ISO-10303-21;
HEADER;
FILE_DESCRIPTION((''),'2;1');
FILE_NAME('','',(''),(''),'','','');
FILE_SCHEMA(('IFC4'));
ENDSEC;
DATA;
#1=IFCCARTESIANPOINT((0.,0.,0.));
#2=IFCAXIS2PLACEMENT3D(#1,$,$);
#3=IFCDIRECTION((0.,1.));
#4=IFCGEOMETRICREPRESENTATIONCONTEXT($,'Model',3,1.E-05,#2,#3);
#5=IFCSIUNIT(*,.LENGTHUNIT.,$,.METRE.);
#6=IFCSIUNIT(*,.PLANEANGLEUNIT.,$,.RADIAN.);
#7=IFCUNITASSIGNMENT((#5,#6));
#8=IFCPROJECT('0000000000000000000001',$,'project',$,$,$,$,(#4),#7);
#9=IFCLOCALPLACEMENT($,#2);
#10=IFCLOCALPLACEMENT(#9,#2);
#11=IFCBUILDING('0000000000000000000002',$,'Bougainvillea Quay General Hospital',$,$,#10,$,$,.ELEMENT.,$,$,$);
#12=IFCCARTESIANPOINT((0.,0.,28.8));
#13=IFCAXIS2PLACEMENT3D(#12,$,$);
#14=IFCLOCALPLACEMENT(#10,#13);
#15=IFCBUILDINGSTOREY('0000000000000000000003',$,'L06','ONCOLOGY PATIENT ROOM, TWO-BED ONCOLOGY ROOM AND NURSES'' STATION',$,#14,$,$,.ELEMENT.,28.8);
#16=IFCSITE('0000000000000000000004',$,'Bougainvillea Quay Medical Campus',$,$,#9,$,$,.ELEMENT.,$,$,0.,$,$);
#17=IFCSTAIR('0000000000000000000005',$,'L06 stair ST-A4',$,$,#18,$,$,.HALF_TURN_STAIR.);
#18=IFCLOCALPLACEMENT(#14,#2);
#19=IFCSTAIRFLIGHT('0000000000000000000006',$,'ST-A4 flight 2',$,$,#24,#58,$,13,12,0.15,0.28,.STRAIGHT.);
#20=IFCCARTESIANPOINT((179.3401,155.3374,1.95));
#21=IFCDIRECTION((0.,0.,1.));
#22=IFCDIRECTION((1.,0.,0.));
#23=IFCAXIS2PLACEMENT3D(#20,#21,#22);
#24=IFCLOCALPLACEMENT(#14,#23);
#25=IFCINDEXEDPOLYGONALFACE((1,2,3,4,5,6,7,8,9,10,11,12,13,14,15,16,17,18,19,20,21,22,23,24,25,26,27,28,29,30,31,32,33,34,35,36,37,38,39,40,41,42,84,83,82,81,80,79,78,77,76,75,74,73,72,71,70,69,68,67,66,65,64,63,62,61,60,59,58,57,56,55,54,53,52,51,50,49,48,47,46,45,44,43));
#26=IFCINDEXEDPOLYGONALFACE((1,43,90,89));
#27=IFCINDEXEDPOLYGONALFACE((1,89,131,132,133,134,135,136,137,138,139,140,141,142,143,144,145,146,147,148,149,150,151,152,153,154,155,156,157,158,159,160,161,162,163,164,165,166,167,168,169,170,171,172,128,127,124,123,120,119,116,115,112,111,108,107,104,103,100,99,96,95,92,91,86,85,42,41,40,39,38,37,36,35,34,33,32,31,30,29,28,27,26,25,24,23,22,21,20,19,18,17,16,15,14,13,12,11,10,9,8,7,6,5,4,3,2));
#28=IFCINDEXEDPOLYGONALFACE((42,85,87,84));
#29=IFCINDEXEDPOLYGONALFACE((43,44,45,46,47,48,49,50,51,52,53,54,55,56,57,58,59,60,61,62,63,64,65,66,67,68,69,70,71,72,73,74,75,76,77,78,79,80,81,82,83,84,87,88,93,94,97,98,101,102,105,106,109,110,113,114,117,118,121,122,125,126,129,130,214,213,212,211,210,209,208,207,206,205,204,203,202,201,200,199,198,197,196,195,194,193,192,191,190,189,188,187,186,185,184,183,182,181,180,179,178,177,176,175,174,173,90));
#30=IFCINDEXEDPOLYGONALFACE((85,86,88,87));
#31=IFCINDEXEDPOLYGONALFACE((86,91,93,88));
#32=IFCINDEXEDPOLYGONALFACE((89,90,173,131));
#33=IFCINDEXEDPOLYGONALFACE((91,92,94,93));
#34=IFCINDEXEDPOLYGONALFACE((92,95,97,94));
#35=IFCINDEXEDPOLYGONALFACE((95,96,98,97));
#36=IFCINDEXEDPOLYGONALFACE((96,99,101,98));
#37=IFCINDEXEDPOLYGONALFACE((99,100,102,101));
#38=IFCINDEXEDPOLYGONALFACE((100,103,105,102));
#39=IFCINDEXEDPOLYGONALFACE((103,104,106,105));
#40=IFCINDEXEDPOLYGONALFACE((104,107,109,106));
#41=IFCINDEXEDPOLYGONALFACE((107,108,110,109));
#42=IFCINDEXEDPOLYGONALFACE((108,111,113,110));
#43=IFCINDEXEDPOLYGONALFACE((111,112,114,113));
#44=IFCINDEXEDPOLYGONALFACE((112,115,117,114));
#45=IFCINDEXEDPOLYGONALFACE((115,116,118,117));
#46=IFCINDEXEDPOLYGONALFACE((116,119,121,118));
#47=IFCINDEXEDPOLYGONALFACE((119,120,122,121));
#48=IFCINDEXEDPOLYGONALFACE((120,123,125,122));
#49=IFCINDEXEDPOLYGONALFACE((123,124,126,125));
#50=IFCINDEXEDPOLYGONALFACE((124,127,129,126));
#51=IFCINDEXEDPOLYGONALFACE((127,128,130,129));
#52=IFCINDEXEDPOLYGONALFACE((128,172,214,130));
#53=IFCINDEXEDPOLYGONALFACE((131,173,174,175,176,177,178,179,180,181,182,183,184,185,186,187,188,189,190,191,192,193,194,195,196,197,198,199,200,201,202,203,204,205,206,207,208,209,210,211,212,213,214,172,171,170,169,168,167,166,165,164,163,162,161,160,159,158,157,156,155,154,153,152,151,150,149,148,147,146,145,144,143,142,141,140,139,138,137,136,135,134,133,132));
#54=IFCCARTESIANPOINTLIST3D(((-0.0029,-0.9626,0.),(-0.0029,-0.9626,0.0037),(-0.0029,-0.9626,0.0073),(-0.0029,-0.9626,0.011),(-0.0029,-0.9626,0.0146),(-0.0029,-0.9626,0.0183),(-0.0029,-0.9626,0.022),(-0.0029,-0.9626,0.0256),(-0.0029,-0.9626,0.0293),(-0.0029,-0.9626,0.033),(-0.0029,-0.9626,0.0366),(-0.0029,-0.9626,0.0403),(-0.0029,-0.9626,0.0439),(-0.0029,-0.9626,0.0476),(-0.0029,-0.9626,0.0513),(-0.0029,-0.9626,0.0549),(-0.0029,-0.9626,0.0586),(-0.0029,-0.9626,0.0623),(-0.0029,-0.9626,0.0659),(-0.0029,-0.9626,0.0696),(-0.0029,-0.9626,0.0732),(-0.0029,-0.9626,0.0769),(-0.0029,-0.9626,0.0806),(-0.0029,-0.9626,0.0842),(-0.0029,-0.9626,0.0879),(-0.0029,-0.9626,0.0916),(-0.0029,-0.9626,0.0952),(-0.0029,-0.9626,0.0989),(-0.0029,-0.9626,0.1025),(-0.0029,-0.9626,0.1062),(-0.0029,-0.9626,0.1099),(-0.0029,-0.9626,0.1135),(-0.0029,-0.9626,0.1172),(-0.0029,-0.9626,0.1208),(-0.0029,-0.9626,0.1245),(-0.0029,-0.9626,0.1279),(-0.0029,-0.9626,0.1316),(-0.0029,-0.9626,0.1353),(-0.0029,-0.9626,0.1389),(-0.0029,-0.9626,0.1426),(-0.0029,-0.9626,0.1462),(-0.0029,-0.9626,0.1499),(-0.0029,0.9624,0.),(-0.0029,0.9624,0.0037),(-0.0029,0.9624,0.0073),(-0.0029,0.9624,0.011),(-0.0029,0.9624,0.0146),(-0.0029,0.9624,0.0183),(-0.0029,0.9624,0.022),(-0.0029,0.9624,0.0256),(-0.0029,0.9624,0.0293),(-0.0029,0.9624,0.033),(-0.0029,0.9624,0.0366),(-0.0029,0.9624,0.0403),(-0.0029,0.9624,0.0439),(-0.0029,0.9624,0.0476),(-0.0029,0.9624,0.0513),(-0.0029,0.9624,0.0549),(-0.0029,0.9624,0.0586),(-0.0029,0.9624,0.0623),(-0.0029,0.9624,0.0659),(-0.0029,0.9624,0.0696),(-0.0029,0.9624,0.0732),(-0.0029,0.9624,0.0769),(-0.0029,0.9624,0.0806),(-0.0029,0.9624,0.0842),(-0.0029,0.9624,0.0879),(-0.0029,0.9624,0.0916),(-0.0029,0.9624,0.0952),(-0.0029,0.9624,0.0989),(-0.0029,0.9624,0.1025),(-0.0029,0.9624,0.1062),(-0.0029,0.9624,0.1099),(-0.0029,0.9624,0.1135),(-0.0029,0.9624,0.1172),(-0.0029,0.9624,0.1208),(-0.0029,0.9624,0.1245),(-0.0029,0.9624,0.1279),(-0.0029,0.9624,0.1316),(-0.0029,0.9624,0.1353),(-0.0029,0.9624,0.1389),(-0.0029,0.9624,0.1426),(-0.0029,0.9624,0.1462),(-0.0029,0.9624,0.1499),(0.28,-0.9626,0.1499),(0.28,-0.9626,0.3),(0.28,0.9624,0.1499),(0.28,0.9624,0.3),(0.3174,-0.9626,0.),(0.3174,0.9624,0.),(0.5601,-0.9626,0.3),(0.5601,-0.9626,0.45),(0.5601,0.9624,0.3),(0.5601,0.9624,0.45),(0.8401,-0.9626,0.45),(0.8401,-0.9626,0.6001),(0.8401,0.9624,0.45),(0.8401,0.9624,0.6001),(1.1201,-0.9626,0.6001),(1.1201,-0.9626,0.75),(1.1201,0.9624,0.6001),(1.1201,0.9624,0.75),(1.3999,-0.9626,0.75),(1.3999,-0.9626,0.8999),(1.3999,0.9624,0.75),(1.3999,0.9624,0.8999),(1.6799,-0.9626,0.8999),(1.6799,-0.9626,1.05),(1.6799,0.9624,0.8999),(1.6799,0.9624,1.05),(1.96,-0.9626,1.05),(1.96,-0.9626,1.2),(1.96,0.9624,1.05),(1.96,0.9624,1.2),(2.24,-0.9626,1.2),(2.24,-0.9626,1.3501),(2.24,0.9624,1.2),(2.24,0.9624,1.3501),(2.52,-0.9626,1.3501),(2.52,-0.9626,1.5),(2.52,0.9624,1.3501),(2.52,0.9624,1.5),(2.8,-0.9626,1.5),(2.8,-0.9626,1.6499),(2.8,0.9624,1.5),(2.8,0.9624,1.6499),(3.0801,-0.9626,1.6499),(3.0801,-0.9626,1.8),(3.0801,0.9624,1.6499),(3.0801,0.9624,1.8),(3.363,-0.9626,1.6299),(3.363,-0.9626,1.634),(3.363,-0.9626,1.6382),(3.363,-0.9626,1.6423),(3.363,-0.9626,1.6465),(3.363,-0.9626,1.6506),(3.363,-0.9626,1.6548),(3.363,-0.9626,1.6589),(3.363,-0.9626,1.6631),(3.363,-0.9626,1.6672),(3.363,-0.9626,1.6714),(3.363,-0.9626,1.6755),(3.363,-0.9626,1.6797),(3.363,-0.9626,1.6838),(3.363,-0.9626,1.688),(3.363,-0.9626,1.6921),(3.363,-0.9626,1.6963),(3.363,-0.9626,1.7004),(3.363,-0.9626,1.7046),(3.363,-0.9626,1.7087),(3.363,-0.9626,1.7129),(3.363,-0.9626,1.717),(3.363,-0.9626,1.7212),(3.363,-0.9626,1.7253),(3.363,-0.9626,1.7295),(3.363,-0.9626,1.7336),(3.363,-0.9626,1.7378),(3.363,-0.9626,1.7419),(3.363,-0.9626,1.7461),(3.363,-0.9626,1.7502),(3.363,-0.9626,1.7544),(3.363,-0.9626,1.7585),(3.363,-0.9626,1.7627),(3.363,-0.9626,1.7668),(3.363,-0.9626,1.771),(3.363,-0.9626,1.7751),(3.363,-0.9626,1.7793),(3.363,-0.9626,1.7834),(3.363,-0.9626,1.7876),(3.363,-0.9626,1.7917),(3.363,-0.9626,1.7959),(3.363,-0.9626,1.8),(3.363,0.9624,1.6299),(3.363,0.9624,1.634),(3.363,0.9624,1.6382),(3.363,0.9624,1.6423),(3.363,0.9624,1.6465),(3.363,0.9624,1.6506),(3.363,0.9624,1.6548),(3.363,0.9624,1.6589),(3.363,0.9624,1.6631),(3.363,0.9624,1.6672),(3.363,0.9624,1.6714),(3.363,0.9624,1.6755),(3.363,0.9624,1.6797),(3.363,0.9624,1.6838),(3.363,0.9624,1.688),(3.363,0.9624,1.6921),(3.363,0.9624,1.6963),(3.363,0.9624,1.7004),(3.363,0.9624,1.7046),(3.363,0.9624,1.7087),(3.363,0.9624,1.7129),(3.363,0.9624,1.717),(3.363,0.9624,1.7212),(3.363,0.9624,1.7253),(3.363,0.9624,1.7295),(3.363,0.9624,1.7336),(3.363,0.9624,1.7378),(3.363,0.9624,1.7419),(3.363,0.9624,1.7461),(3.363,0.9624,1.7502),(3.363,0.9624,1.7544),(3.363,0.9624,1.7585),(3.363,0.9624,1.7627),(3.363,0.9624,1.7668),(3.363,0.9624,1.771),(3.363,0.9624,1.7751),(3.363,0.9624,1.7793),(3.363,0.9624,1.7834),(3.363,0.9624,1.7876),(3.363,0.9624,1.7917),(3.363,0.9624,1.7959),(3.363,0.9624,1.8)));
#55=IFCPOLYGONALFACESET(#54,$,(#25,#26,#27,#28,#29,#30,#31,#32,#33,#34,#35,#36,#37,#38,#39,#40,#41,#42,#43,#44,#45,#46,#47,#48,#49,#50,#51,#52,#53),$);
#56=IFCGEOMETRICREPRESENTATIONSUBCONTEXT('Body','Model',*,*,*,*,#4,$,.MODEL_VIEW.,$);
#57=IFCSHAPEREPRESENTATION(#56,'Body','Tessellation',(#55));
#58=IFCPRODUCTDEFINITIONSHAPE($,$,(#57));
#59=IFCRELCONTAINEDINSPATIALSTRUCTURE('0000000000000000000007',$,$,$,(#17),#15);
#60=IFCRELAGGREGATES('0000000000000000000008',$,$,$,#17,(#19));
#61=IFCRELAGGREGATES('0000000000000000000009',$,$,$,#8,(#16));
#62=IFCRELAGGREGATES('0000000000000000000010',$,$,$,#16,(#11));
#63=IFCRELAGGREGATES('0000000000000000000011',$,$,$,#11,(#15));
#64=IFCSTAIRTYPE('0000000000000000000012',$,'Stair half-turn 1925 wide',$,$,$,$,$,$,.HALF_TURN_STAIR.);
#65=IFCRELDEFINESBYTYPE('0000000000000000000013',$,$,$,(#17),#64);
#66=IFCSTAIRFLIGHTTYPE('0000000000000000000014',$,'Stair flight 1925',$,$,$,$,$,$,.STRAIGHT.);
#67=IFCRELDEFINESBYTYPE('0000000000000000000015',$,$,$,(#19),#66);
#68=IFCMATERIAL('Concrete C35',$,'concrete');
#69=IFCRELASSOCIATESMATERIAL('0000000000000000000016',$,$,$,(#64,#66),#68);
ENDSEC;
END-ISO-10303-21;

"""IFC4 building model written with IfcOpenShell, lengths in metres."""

from ifc_helpers import new_model, si_unit, direction, frame, origin, place, context, subcontext, project, spatial, polyline, outline, extrude, material, type_object, element, aggregate, save


model = new_model("IFC4")

# Units and contexts
model_context = context("Model", 3, precision=1e-05, world=origin(), true_north=direction((0.0, 1.0)))
body_context = subcontext(model_context, "Body", "Model", "MODEL_VIEW")
ifc_project = project(units=[si_unit("LENGTHUNIT", "METRE"), si_unit("PLANEANGLEUNIT", "RADIAN")], contexts=[model_context])

# Site, building, storey
site_placement = place(None, origin())
site = spatial("IfcSite", under=ifc_project, at=site_placement, Name="Bougainvillea Quay Medical Campus", CompositionType="ELEMENT", RefElevation=0.0)
building_placement = place(site_placement, origin())
building = spatial("IfcBuilding", under=site, at=building_placement, Name="Bougainvillea Quay General Hospital", CompositionType="ELEMENT")
storey_placement = place(building_placement, frame((0.0, 0.0, 28.8)))
storey = spatial("IfcBuildingStorey", under=building, at=storey_placement, Name="L06", Description="ONCOLOGY PATIENT ROOM, TWO-BED ONCOLOGY ROOM AND NURSES' STATION", CompositionType="ELEMENT", Elevation=28.8)

# Stair, stair flight
ifc_material_1 = material(Name="Concrete C35", Category="concrete")
stair_type = type_object("IfcStairType", Name="Stair half-turn 1925 wide", PredefinedType="HALF_TURN_STAIR", material=ifc_material_1)
stair_placement = place(storey_placement, origin())
stair = element("IfcStair", 1, at=stair_placement, inside=storey, type_object=stair_type, Name="L06 stair ST-A4", PredefinedType="HALF_TURN_STAIR")
stair_flight_type = type_object("IfcStairFlightType", Name="Stair flight 1925", PredefinedType="STRAIGHT", material=ifc_material_1)
stair_flight_1_placement = place(storey_placement, frame((179.3401, 155.3374, 1.95), z_axis=(0.0, 0.0, 1.0), x_axis=(1.0, 0.0, 0.0)))
stair_flight_1 = element("IfcStairFlight", 2, at=stair_flight_1_placement, type_object=stair_flight_type, Name="ST-A4 flight 2", NumberOfRisers=13, NumberOfTreads=12, PredefinedType="STRAIGHT", RiserHeight=0.15, TreadLength=0.28, context=body_context, shape_type="SweptSolid", body=[
    extrude(outline(polyline([(-0.0029, 0.0), (-0.0029, 0.0037), (-0.0029, 0.0073), (-0.0029, 0.011), (-0.0029, 0.0146), (-0.0029, 0.0183), (-0.0029, 0.022), (-0.0029, 0.0256), (-0.0029, 0.0293), (-0.0029, 0.033), (-0.0029, 0.0366), (-0.0029, 0.0403), (-0.0029, 0.0439), (-0.0029, 0.0476), (-0.0029, 0.0513), (-0.0029, 0.0549), (-0.0029, 0.0586), (-0.0029, 0.0623), (-0.0029, 0.0659), (-0.0029, 0.0696), (-0.0029, 0.0732), (-0.0029, 0.0769), (-0.0029, 0.0806), (-0.0029, 0.0842), (-0.0029, 0.0879), (-0.0029, 0.0916), (-0.0029, 0.0952), (-0.0029, 0.0989), (-0.0029, 0.1025), (-0.0029, 0.1062), (-0.0029, 0.1099), (-0.0029, 0.1135), (-0.0029, 0.1172), (-0.0029, 0.1208), (-0.0029, 0.1245), (-0.0029, 0.1279), (-0.0029, 0.1316), (-0.0029, 0.1353), (-0.0029, 0.1389), (-0.0029, 0.1426), (-0.0029, 0.1462), (-0.0029, 0.1499), (0.28, 0.1499), (0.28, 0.3), (0.5601, 0.3), (0.5601, 0.45), (0.8401, 0.45), (0.8401, 0.6001), (1.1201, 0.6001), (1.1201, 0.75), (1.3999, 0.75), (1.3999, 0.8999), (1.6799, 0.8999), (1.6799, 1.05), (1.96, 1.05), (1.96, 1.2), (2.24, 1.2), (2.24, 1.3501), (2.52, 1.3501), (2.52, 1.5), (2.8, 1.5), (2.8, 1.6499), (3.0801, 1.6499), (3.0801, 1.8), (3.363, 1.8), (3.363, 1.7959), (3.363, 1.7917), (3.363, 1.7876), (3.363, 1.7834), (3.363, 1.7793), (3.363, 1.7751), (3.363, 1.771), (3.363, 1.7668), (3.363, 1.7627), (3.363, 1.7585), (3.363, 1.7544), (3.363, 1.7502), (3.363, 1.7461), (3.363, 1.7419), (3.363, 1.7378), (3.363, 1.7336), (3.363, 1.7295), (3.363, 1.7253), (3.363, 1.7212), (3.363, 1.717), (3.363, 1.7129), (3.363, 1.7087), (3.363, 1.7046), (3.363, 1.7004), (3.363, 1.6963), (3.363, 1.6921), (3.363, 1.688), (3.363, 1.6838), (3.363, 1.6797), (3.363, 1.6755), (3.363, 1.6714), (3.363, 1.6672), (3.363, 1.6631), (3.363, 1.6589), (3.363, 1.6548), (3.363, 1.6506), (3.363, 1.6465), (3.363, 1.6423), (3.363, 1.6382), (3.363, 1.634), (3.363, 1.6299), (0.3174, 0.0), (-0.0029, 0.0)])), frame((0.0, 0.9624, 0.0), z_axis=(0.0, -1.0, 0.0), x_axis=(1.0, 0.0, 0.0)), (0.0, 0.0, 1.0), 1.925),
])
aggregate(stair, [stair_flight_1])

save(model, "model.ifc")
